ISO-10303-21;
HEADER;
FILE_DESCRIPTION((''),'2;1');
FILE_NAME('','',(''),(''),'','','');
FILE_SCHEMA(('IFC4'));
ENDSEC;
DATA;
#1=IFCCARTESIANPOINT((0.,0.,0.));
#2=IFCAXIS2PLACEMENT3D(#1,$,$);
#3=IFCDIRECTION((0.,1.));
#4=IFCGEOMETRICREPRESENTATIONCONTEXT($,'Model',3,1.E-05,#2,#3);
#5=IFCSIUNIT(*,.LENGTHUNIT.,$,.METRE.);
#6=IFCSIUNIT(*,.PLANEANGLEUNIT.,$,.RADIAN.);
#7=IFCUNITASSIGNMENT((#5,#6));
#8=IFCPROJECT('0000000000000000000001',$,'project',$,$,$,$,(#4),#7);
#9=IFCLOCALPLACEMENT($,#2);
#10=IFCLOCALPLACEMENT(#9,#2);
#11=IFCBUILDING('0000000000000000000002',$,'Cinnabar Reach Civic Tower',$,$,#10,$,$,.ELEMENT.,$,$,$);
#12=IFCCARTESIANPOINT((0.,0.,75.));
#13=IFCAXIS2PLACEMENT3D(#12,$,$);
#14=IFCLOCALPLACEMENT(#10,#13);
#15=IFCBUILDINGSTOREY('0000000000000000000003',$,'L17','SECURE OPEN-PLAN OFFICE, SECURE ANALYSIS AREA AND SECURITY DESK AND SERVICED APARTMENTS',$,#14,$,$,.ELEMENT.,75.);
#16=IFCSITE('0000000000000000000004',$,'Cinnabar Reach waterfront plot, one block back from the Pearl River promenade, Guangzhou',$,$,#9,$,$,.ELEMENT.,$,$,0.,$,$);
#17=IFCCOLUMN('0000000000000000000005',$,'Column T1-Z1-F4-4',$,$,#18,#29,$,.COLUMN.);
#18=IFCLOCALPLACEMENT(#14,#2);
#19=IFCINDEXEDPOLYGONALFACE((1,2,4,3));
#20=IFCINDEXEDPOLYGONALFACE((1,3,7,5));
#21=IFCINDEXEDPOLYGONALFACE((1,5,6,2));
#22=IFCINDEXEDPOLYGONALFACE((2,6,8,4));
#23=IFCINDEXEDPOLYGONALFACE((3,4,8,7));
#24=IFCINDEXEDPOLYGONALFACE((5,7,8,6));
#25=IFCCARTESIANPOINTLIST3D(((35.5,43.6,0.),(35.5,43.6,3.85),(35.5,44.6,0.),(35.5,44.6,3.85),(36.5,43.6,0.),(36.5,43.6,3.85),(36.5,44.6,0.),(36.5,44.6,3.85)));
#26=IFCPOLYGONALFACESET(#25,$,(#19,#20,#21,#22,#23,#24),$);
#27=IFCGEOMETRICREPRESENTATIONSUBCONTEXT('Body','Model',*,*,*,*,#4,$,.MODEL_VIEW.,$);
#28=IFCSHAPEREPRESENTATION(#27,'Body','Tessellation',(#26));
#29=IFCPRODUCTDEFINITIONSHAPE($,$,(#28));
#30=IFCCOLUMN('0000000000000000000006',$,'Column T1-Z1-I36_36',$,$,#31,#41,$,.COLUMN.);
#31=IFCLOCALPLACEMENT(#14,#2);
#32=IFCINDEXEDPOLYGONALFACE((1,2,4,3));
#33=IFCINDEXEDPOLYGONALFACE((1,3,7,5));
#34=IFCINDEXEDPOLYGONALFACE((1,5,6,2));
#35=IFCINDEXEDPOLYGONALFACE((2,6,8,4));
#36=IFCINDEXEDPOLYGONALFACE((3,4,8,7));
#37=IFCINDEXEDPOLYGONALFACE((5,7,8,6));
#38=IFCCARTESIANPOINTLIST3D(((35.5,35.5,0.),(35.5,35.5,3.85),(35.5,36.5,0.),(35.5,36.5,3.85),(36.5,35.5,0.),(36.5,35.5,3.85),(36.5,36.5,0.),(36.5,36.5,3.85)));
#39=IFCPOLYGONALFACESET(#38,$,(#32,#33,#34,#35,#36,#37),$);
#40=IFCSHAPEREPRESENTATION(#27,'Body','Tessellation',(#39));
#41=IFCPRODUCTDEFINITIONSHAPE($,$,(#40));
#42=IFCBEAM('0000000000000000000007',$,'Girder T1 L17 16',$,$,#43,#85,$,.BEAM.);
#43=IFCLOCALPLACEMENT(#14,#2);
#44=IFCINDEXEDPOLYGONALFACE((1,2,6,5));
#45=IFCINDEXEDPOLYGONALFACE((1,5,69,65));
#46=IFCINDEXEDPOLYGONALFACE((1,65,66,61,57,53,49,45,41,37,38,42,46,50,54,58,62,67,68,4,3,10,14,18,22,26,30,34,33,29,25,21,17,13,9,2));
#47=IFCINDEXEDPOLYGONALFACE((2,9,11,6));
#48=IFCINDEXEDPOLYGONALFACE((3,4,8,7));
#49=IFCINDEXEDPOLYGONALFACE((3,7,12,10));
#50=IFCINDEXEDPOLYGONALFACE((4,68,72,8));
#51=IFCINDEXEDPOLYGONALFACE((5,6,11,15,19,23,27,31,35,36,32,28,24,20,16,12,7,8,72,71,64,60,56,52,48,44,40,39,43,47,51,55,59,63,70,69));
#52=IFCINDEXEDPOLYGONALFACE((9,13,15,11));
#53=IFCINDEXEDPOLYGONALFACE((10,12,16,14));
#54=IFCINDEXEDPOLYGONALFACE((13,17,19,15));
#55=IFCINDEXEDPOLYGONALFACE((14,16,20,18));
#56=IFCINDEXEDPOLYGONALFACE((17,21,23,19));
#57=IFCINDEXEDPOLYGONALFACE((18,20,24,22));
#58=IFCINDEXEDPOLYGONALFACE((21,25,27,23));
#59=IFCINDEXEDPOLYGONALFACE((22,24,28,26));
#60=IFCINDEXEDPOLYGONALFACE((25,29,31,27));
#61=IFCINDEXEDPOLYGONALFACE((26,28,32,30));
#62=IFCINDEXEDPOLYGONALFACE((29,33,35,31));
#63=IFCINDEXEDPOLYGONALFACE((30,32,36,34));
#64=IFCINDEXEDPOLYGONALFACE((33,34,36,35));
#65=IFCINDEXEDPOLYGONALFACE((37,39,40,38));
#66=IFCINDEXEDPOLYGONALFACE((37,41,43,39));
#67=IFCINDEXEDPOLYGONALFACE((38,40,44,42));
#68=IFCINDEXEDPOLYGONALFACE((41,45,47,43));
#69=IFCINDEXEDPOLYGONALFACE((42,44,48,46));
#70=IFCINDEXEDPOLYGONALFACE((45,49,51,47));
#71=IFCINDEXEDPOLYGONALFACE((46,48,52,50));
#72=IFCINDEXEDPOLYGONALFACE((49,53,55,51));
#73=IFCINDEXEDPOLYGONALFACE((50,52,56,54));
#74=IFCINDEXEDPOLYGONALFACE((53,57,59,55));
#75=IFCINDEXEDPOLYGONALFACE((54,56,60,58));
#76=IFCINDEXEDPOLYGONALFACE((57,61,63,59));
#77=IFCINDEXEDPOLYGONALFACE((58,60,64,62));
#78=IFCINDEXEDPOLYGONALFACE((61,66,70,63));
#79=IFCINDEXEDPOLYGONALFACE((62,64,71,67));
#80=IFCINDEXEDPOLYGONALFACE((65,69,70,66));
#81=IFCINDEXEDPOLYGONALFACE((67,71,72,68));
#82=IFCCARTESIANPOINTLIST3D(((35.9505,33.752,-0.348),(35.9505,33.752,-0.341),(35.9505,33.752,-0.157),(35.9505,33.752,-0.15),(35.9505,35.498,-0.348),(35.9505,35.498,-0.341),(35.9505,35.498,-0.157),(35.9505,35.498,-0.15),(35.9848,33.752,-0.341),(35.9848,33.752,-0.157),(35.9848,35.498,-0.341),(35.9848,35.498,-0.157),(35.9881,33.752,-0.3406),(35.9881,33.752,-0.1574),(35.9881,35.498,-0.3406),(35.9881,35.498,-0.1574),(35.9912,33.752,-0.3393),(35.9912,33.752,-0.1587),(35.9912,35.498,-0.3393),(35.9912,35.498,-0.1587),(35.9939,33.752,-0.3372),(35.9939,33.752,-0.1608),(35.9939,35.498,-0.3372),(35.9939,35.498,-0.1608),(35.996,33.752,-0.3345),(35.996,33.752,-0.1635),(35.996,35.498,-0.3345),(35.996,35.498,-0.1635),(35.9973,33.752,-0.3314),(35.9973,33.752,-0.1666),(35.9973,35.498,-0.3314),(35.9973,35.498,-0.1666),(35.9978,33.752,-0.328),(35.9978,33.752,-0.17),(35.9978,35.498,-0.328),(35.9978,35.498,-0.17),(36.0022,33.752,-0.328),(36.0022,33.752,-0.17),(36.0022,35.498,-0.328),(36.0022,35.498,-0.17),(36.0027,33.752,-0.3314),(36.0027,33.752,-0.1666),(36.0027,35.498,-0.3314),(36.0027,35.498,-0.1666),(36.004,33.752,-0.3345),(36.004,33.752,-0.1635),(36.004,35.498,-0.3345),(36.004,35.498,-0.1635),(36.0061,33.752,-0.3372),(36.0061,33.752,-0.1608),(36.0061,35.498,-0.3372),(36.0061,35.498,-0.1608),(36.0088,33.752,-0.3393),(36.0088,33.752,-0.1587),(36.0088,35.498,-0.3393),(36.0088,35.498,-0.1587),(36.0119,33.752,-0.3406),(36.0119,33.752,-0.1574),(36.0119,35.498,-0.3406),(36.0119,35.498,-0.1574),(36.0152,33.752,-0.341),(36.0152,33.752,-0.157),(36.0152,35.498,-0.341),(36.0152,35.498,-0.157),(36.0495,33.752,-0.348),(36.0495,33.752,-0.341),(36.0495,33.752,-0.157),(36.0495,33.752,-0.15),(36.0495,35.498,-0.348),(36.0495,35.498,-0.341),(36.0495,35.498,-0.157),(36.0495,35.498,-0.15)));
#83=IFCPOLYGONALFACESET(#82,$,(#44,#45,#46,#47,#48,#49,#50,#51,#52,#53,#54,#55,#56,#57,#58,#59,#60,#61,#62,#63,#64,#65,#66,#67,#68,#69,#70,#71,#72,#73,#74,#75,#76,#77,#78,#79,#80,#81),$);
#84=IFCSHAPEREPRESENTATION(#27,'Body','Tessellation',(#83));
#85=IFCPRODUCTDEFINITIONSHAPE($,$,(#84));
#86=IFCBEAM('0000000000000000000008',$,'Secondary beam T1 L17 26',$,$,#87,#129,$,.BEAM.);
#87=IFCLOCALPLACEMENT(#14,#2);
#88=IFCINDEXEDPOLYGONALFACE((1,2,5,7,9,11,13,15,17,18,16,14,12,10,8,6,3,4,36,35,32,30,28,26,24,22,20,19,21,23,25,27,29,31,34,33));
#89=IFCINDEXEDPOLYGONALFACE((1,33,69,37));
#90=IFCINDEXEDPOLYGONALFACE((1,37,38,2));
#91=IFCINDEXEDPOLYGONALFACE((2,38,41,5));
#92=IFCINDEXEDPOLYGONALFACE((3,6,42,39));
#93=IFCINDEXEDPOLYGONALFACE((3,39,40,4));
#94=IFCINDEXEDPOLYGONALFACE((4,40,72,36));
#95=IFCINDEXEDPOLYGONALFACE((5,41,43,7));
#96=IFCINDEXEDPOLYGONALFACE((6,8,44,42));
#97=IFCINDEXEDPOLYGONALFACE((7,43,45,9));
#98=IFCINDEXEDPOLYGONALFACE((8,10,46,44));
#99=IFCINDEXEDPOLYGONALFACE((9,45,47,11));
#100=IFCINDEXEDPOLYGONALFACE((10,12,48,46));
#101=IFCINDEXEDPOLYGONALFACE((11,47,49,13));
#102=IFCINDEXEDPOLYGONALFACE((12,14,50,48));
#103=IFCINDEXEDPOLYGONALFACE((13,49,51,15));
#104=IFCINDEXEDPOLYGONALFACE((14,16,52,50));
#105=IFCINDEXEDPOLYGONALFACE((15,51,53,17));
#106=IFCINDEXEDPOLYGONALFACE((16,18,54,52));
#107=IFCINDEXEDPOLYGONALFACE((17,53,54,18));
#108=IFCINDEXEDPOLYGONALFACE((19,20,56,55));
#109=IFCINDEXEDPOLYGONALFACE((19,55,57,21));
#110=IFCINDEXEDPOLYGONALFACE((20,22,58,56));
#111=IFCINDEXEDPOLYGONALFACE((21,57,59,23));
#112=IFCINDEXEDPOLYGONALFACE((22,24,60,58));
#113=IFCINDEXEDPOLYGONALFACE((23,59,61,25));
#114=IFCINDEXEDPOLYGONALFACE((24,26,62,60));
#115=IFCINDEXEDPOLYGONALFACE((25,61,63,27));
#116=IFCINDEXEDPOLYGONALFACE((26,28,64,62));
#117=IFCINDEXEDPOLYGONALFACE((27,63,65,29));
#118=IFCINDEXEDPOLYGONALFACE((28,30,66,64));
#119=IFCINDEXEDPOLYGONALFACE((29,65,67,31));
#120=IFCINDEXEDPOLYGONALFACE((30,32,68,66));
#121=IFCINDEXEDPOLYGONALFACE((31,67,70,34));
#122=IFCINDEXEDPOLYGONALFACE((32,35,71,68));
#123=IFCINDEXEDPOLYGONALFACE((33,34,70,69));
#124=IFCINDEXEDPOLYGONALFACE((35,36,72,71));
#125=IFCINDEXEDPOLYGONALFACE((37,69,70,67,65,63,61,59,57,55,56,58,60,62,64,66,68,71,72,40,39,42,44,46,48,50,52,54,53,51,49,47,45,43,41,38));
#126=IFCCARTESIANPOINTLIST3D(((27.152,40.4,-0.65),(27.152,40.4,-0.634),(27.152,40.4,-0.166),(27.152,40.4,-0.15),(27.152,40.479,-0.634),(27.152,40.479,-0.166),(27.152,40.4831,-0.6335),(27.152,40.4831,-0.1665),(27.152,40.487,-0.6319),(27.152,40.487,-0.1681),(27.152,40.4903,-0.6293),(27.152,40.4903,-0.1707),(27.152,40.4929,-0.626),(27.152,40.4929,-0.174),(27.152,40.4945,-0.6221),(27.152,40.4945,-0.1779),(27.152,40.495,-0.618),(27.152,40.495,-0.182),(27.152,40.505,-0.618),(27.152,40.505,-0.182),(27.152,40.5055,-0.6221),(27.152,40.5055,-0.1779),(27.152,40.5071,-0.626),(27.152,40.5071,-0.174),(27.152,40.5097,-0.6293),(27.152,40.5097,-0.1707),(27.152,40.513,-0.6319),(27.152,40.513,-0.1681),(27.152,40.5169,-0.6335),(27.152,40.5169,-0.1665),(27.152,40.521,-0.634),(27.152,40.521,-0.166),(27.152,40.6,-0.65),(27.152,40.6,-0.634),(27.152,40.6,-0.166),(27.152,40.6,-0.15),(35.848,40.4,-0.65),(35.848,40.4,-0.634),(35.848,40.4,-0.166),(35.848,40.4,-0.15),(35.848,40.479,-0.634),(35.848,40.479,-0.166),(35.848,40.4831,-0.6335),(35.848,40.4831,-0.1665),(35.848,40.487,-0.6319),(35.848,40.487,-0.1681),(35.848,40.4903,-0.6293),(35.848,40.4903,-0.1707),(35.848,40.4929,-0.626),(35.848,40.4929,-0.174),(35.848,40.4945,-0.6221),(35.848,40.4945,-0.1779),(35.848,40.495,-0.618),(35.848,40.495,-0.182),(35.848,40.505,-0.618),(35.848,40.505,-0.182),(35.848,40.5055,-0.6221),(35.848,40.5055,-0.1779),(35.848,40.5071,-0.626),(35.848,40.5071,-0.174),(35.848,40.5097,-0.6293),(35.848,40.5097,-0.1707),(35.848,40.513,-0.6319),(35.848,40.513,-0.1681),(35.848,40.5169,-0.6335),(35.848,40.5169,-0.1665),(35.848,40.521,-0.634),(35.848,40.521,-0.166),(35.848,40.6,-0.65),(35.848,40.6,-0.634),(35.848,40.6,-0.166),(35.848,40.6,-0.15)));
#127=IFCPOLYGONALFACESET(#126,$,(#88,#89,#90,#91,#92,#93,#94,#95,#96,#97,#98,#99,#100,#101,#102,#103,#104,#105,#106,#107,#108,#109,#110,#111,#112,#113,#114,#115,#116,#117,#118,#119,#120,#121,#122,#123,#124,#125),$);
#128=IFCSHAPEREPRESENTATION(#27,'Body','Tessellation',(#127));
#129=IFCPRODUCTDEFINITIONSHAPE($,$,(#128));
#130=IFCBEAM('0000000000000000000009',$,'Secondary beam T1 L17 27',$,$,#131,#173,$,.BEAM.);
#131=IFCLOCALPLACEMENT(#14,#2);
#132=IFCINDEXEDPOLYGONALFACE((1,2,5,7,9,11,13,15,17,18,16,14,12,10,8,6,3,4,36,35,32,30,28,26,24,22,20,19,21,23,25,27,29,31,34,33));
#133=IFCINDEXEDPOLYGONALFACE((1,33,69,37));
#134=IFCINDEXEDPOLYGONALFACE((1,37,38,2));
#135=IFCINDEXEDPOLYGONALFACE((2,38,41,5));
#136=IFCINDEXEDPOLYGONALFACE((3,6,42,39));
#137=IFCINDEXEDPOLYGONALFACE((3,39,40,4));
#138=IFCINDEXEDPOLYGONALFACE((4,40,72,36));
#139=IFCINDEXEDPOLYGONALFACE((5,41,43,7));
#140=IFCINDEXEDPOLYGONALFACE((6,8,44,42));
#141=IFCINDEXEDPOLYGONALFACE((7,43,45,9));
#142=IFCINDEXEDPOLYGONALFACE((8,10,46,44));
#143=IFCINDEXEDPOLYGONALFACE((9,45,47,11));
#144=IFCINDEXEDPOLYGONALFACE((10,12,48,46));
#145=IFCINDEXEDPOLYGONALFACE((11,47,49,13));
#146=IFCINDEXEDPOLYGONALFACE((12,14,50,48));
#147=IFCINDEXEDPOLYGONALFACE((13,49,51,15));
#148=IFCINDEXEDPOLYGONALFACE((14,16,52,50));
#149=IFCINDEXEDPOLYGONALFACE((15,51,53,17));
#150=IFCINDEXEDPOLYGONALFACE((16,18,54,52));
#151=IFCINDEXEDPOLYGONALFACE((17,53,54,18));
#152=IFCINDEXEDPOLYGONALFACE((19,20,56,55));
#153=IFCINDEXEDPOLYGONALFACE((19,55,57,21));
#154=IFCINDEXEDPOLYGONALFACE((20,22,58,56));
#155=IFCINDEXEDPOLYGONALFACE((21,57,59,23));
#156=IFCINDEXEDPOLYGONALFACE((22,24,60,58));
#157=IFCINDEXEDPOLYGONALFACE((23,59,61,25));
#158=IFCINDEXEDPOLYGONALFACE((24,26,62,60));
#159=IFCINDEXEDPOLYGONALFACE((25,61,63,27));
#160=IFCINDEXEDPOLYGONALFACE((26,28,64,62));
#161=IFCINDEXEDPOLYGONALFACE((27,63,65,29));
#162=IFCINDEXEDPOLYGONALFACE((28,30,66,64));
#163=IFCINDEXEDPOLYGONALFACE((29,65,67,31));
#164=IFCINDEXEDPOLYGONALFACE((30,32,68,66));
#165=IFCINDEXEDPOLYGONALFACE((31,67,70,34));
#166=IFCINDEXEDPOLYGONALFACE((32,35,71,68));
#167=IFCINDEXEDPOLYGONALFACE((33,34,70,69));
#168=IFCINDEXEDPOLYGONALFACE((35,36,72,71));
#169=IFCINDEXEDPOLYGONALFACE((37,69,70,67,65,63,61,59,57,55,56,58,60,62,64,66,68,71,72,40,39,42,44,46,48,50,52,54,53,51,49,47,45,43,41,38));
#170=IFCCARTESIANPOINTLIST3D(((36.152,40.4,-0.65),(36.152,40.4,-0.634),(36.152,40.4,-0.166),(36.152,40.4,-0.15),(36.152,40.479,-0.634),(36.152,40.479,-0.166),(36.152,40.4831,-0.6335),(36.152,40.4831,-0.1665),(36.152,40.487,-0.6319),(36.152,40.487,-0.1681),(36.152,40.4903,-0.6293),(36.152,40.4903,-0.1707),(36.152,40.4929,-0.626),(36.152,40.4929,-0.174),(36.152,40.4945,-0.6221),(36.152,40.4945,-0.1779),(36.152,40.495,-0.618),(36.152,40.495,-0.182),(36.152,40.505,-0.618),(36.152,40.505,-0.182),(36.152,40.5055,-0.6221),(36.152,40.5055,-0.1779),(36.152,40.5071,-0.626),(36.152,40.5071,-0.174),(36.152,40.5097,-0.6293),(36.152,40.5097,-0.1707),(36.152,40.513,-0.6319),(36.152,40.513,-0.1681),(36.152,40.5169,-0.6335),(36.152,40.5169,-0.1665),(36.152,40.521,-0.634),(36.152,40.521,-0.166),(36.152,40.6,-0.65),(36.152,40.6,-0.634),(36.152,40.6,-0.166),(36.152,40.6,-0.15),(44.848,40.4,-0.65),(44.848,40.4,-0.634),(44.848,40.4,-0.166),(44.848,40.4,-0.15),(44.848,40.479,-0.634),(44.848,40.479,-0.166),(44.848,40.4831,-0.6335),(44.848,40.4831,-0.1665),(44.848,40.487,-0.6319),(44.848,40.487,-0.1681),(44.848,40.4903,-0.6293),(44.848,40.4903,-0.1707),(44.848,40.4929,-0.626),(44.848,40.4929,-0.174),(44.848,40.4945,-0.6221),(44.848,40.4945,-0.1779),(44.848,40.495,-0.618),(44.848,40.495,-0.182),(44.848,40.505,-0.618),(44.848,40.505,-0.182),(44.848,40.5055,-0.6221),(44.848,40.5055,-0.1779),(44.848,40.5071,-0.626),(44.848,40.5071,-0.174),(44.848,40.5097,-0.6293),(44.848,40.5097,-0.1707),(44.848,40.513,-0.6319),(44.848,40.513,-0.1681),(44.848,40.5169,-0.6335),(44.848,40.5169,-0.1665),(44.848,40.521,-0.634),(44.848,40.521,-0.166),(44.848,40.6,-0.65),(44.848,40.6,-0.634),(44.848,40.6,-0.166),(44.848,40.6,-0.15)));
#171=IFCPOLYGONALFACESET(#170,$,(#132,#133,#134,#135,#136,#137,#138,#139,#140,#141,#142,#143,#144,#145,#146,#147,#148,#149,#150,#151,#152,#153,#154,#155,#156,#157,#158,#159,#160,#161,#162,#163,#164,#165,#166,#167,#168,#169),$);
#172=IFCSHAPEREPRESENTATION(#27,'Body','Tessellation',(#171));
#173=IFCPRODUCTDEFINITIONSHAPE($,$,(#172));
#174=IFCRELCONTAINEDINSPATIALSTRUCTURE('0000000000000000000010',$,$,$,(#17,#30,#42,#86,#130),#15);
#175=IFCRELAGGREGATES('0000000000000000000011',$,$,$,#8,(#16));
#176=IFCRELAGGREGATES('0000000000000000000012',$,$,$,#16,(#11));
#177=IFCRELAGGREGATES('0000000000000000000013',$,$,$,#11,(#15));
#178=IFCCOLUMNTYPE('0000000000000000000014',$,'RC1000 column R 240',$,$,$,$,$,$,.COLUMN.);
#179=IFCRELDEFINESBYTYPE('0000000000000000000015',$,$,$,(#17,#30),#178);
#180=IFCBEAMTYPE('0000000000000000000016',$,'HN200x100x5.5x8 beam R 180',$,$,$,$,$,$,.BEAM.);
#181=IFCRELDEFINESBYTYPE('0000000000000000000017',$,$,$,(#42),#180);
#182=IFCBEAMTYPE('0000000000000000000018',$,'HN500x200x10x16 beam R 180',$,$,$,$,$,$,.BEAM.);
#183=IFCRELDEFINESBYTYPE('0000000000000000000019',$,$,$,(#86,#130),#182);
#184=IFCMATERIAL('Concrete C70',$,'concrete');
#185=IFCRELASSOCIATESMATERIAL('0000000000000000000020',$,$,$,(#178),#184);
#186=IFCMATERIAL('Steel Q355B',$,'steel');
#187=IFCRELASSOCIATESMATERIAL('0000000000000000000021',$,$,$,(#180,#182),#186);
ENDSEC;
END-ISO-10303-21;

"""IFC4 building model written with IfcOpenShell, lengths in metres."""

from ifc_helpers import new_model, si_unit, direction, frame, origin, origin_2d, place, context, subcontext, project, spatial, rectangle, i_section, extrude, material, material_profile, profile_set, type_object, element, save


model = new_model("IFC4")

# Units and contexts
model_context = context("Model", 3, precision=1e-05, world=origin(), true_north=direction((0.0, 1.0)))
body_context = subcontext(model_context, "Body", "Model", "MODEL_VIEW")
ifc_project = project(units=[si_unit("LENGTHUNIT", "METRE"), si_unit("PLANEANGLEUNIT", "RADIAN")], contexts=[model_context])

# Site, building, storey
site_placement = place(None, origin())
site = spatial("IfcSite", under=ifc_project, at=site_placement, Name="Cinnabar Reach waterfront plot, one block back from the Pearl River promenade, Guangzhou", CompositionType="ELEMENT", RefElevation=0.0)
building_placement = place(site_placement, origin())
building = spatial("IfcBuilding", under=site, at=building_placement, Name="Cinnabar Reach Civic Tower", CompositionType="ELEMENT")
storey_placement = place(building_placement, frame((0.0, 0.0, 75.0)))
storey = spatial("IfcBuildingStorey", under=building, at=storey_placement, Name="L17", Description="SECURE OPEN-PLAN OFFICE, SECURE ANALYSIS AREA AND SECURITY DESK AND SERVICED APARTMENTS", CompositionType="ELEMENT", Elevation=75.0)

# Columns
ifc_material_1 = material(Name="Concrete C70", Category="concrete")
ifc_material_profile_1 = material_profile(ifc_material_1, rectangle(XDim=1.0, YDim=1.0, at=origin_2d()), Name="RC1000")
ifc_profile_set_1 = profile_set([ifc_material_profile_1], Name="Concrete C70")
column_type = type_object("IfcColumnType", Name="RC1000 column R 240", PredefinedType="COLUMN", material=ifc_profile_set_1)
for number, where, z_axis, x_axis, name in (
    (1, (36.0, 44.1, 0.0), (0.0, 0.0, 1.0), (1.0, 0.0, 0.0), "Column T1-Z1-F4-4"),
    (2, (36.0, 36.0, 0.0), (0.0, 0.0, 1.0), (1.0, 0.0, 0.0), "Column T1-Z1-I36_36"),
):
    element("IfcColumn", number, at=place(storey_placement, frame(where, z_axis=z_axis, x_axis=x_axis)), inside=storey, type_object=column_type, Name=name, PredefinedType="COLUMN", context=body_context, shape_type="SweptSolid", body=[
        extrude(rectangle(XDim=1.0, YDim=1.0, at=origin_2d()), origin(), (0.0, 0.0, 1.0), 3.85),
    ])

# Beams
ifc_material_2 = material(Name="Steel Q355B", Category="steel")
ifc_material_profile_2 = material_profile(ifc_material_2, i_section(OverallWidth=0.099, OverallDepth=0.198, WebThickness=0.0045, FlangeThickness=0.007, FilletRadius=0.013, at=origin_2d()), Name="HN200x100x5.5x8")
ifc_profile_set_2 = profile_set([ifc_material_profile_2], Name="Steel Q355B")
beam_type_1 = type_object("IfcBeamType", Name="HN200x100x5.5x8 beam R 180", PredefinedType="BEAM", material=ifc_profile_set_2)
beam_1_placement = place(storey_placement, frame((36.0, 33.752, -0.249), z_axis=(0.0, 1.0, 0.0), x_axis=(-1.0, 0.0, 0.0)))
element("IfcBeam", 3, at=beam_1_placement, inside=storey, type_object=beam_type_1, Name="Girder T1 L17 16", PredefinedType="BEAM", context=body_context, shape_type="SweptSolid", body=[
    extrude(i_section(OverallWidth=0.099, OverallDepth=0.198, WebThickness=0.0045, FlangeThickness=0.007, FilletRadius=0.013, at=origin_2d()), origin(), (0.0, 0.0, 1.0), 1.746),
])
ifc_material_profile_3 = material_profile(ifc_material_2, i_section(OverallWidth=0.2, OverallDepth=0.5, WebThickness=0.01, FlangeThickness=0.016, FilletRadius=0.016, at=origin_2d()), Name="HN500x200x10x16")
ifc_profile_set_3 = profile_set([ifc_material_profile_3], Name="Steel Q355B")
beam_type_2 = type_object("IfcBeamType", Name="HN500x200x10x16 beam R 180", PredefinedType="BEAM", material=ifc_profile_set_3)
for number, where, z_axis, x_axis, name in (
    (4, (27.152, 40.5, -0.4), (1.0, 0.0, 0.0), (0.0, 1.0, 0.0), "Secondary beam T1 L17 26"),
    (5, (36.152, 40.5, -0.4), (1.0, 0.0, 0.0), (0.0, 1.0, 0.0), "Secondary beam T1 L17 27"),
):
    element("IfcBeam", number, at=place(storey_placement, frame(where, z_axis=z_axis, x_axis=x_axis)), inside=storey, type_object=beam_type_2, Name=name, PredefinedType="BEAM", context=body_context, shape_type="SweptSolid", body=[
        extrude(i_section(OverallWidth=0.2, OverallDepth=0.5, WebThickness=0.01, FlangeThickness=0.016, FilletRadius=0.016, at=origin_2d()), origin(), (0.0, 0.0, 1.0), 8.696),
    ])

save(model, "model.ifc")
